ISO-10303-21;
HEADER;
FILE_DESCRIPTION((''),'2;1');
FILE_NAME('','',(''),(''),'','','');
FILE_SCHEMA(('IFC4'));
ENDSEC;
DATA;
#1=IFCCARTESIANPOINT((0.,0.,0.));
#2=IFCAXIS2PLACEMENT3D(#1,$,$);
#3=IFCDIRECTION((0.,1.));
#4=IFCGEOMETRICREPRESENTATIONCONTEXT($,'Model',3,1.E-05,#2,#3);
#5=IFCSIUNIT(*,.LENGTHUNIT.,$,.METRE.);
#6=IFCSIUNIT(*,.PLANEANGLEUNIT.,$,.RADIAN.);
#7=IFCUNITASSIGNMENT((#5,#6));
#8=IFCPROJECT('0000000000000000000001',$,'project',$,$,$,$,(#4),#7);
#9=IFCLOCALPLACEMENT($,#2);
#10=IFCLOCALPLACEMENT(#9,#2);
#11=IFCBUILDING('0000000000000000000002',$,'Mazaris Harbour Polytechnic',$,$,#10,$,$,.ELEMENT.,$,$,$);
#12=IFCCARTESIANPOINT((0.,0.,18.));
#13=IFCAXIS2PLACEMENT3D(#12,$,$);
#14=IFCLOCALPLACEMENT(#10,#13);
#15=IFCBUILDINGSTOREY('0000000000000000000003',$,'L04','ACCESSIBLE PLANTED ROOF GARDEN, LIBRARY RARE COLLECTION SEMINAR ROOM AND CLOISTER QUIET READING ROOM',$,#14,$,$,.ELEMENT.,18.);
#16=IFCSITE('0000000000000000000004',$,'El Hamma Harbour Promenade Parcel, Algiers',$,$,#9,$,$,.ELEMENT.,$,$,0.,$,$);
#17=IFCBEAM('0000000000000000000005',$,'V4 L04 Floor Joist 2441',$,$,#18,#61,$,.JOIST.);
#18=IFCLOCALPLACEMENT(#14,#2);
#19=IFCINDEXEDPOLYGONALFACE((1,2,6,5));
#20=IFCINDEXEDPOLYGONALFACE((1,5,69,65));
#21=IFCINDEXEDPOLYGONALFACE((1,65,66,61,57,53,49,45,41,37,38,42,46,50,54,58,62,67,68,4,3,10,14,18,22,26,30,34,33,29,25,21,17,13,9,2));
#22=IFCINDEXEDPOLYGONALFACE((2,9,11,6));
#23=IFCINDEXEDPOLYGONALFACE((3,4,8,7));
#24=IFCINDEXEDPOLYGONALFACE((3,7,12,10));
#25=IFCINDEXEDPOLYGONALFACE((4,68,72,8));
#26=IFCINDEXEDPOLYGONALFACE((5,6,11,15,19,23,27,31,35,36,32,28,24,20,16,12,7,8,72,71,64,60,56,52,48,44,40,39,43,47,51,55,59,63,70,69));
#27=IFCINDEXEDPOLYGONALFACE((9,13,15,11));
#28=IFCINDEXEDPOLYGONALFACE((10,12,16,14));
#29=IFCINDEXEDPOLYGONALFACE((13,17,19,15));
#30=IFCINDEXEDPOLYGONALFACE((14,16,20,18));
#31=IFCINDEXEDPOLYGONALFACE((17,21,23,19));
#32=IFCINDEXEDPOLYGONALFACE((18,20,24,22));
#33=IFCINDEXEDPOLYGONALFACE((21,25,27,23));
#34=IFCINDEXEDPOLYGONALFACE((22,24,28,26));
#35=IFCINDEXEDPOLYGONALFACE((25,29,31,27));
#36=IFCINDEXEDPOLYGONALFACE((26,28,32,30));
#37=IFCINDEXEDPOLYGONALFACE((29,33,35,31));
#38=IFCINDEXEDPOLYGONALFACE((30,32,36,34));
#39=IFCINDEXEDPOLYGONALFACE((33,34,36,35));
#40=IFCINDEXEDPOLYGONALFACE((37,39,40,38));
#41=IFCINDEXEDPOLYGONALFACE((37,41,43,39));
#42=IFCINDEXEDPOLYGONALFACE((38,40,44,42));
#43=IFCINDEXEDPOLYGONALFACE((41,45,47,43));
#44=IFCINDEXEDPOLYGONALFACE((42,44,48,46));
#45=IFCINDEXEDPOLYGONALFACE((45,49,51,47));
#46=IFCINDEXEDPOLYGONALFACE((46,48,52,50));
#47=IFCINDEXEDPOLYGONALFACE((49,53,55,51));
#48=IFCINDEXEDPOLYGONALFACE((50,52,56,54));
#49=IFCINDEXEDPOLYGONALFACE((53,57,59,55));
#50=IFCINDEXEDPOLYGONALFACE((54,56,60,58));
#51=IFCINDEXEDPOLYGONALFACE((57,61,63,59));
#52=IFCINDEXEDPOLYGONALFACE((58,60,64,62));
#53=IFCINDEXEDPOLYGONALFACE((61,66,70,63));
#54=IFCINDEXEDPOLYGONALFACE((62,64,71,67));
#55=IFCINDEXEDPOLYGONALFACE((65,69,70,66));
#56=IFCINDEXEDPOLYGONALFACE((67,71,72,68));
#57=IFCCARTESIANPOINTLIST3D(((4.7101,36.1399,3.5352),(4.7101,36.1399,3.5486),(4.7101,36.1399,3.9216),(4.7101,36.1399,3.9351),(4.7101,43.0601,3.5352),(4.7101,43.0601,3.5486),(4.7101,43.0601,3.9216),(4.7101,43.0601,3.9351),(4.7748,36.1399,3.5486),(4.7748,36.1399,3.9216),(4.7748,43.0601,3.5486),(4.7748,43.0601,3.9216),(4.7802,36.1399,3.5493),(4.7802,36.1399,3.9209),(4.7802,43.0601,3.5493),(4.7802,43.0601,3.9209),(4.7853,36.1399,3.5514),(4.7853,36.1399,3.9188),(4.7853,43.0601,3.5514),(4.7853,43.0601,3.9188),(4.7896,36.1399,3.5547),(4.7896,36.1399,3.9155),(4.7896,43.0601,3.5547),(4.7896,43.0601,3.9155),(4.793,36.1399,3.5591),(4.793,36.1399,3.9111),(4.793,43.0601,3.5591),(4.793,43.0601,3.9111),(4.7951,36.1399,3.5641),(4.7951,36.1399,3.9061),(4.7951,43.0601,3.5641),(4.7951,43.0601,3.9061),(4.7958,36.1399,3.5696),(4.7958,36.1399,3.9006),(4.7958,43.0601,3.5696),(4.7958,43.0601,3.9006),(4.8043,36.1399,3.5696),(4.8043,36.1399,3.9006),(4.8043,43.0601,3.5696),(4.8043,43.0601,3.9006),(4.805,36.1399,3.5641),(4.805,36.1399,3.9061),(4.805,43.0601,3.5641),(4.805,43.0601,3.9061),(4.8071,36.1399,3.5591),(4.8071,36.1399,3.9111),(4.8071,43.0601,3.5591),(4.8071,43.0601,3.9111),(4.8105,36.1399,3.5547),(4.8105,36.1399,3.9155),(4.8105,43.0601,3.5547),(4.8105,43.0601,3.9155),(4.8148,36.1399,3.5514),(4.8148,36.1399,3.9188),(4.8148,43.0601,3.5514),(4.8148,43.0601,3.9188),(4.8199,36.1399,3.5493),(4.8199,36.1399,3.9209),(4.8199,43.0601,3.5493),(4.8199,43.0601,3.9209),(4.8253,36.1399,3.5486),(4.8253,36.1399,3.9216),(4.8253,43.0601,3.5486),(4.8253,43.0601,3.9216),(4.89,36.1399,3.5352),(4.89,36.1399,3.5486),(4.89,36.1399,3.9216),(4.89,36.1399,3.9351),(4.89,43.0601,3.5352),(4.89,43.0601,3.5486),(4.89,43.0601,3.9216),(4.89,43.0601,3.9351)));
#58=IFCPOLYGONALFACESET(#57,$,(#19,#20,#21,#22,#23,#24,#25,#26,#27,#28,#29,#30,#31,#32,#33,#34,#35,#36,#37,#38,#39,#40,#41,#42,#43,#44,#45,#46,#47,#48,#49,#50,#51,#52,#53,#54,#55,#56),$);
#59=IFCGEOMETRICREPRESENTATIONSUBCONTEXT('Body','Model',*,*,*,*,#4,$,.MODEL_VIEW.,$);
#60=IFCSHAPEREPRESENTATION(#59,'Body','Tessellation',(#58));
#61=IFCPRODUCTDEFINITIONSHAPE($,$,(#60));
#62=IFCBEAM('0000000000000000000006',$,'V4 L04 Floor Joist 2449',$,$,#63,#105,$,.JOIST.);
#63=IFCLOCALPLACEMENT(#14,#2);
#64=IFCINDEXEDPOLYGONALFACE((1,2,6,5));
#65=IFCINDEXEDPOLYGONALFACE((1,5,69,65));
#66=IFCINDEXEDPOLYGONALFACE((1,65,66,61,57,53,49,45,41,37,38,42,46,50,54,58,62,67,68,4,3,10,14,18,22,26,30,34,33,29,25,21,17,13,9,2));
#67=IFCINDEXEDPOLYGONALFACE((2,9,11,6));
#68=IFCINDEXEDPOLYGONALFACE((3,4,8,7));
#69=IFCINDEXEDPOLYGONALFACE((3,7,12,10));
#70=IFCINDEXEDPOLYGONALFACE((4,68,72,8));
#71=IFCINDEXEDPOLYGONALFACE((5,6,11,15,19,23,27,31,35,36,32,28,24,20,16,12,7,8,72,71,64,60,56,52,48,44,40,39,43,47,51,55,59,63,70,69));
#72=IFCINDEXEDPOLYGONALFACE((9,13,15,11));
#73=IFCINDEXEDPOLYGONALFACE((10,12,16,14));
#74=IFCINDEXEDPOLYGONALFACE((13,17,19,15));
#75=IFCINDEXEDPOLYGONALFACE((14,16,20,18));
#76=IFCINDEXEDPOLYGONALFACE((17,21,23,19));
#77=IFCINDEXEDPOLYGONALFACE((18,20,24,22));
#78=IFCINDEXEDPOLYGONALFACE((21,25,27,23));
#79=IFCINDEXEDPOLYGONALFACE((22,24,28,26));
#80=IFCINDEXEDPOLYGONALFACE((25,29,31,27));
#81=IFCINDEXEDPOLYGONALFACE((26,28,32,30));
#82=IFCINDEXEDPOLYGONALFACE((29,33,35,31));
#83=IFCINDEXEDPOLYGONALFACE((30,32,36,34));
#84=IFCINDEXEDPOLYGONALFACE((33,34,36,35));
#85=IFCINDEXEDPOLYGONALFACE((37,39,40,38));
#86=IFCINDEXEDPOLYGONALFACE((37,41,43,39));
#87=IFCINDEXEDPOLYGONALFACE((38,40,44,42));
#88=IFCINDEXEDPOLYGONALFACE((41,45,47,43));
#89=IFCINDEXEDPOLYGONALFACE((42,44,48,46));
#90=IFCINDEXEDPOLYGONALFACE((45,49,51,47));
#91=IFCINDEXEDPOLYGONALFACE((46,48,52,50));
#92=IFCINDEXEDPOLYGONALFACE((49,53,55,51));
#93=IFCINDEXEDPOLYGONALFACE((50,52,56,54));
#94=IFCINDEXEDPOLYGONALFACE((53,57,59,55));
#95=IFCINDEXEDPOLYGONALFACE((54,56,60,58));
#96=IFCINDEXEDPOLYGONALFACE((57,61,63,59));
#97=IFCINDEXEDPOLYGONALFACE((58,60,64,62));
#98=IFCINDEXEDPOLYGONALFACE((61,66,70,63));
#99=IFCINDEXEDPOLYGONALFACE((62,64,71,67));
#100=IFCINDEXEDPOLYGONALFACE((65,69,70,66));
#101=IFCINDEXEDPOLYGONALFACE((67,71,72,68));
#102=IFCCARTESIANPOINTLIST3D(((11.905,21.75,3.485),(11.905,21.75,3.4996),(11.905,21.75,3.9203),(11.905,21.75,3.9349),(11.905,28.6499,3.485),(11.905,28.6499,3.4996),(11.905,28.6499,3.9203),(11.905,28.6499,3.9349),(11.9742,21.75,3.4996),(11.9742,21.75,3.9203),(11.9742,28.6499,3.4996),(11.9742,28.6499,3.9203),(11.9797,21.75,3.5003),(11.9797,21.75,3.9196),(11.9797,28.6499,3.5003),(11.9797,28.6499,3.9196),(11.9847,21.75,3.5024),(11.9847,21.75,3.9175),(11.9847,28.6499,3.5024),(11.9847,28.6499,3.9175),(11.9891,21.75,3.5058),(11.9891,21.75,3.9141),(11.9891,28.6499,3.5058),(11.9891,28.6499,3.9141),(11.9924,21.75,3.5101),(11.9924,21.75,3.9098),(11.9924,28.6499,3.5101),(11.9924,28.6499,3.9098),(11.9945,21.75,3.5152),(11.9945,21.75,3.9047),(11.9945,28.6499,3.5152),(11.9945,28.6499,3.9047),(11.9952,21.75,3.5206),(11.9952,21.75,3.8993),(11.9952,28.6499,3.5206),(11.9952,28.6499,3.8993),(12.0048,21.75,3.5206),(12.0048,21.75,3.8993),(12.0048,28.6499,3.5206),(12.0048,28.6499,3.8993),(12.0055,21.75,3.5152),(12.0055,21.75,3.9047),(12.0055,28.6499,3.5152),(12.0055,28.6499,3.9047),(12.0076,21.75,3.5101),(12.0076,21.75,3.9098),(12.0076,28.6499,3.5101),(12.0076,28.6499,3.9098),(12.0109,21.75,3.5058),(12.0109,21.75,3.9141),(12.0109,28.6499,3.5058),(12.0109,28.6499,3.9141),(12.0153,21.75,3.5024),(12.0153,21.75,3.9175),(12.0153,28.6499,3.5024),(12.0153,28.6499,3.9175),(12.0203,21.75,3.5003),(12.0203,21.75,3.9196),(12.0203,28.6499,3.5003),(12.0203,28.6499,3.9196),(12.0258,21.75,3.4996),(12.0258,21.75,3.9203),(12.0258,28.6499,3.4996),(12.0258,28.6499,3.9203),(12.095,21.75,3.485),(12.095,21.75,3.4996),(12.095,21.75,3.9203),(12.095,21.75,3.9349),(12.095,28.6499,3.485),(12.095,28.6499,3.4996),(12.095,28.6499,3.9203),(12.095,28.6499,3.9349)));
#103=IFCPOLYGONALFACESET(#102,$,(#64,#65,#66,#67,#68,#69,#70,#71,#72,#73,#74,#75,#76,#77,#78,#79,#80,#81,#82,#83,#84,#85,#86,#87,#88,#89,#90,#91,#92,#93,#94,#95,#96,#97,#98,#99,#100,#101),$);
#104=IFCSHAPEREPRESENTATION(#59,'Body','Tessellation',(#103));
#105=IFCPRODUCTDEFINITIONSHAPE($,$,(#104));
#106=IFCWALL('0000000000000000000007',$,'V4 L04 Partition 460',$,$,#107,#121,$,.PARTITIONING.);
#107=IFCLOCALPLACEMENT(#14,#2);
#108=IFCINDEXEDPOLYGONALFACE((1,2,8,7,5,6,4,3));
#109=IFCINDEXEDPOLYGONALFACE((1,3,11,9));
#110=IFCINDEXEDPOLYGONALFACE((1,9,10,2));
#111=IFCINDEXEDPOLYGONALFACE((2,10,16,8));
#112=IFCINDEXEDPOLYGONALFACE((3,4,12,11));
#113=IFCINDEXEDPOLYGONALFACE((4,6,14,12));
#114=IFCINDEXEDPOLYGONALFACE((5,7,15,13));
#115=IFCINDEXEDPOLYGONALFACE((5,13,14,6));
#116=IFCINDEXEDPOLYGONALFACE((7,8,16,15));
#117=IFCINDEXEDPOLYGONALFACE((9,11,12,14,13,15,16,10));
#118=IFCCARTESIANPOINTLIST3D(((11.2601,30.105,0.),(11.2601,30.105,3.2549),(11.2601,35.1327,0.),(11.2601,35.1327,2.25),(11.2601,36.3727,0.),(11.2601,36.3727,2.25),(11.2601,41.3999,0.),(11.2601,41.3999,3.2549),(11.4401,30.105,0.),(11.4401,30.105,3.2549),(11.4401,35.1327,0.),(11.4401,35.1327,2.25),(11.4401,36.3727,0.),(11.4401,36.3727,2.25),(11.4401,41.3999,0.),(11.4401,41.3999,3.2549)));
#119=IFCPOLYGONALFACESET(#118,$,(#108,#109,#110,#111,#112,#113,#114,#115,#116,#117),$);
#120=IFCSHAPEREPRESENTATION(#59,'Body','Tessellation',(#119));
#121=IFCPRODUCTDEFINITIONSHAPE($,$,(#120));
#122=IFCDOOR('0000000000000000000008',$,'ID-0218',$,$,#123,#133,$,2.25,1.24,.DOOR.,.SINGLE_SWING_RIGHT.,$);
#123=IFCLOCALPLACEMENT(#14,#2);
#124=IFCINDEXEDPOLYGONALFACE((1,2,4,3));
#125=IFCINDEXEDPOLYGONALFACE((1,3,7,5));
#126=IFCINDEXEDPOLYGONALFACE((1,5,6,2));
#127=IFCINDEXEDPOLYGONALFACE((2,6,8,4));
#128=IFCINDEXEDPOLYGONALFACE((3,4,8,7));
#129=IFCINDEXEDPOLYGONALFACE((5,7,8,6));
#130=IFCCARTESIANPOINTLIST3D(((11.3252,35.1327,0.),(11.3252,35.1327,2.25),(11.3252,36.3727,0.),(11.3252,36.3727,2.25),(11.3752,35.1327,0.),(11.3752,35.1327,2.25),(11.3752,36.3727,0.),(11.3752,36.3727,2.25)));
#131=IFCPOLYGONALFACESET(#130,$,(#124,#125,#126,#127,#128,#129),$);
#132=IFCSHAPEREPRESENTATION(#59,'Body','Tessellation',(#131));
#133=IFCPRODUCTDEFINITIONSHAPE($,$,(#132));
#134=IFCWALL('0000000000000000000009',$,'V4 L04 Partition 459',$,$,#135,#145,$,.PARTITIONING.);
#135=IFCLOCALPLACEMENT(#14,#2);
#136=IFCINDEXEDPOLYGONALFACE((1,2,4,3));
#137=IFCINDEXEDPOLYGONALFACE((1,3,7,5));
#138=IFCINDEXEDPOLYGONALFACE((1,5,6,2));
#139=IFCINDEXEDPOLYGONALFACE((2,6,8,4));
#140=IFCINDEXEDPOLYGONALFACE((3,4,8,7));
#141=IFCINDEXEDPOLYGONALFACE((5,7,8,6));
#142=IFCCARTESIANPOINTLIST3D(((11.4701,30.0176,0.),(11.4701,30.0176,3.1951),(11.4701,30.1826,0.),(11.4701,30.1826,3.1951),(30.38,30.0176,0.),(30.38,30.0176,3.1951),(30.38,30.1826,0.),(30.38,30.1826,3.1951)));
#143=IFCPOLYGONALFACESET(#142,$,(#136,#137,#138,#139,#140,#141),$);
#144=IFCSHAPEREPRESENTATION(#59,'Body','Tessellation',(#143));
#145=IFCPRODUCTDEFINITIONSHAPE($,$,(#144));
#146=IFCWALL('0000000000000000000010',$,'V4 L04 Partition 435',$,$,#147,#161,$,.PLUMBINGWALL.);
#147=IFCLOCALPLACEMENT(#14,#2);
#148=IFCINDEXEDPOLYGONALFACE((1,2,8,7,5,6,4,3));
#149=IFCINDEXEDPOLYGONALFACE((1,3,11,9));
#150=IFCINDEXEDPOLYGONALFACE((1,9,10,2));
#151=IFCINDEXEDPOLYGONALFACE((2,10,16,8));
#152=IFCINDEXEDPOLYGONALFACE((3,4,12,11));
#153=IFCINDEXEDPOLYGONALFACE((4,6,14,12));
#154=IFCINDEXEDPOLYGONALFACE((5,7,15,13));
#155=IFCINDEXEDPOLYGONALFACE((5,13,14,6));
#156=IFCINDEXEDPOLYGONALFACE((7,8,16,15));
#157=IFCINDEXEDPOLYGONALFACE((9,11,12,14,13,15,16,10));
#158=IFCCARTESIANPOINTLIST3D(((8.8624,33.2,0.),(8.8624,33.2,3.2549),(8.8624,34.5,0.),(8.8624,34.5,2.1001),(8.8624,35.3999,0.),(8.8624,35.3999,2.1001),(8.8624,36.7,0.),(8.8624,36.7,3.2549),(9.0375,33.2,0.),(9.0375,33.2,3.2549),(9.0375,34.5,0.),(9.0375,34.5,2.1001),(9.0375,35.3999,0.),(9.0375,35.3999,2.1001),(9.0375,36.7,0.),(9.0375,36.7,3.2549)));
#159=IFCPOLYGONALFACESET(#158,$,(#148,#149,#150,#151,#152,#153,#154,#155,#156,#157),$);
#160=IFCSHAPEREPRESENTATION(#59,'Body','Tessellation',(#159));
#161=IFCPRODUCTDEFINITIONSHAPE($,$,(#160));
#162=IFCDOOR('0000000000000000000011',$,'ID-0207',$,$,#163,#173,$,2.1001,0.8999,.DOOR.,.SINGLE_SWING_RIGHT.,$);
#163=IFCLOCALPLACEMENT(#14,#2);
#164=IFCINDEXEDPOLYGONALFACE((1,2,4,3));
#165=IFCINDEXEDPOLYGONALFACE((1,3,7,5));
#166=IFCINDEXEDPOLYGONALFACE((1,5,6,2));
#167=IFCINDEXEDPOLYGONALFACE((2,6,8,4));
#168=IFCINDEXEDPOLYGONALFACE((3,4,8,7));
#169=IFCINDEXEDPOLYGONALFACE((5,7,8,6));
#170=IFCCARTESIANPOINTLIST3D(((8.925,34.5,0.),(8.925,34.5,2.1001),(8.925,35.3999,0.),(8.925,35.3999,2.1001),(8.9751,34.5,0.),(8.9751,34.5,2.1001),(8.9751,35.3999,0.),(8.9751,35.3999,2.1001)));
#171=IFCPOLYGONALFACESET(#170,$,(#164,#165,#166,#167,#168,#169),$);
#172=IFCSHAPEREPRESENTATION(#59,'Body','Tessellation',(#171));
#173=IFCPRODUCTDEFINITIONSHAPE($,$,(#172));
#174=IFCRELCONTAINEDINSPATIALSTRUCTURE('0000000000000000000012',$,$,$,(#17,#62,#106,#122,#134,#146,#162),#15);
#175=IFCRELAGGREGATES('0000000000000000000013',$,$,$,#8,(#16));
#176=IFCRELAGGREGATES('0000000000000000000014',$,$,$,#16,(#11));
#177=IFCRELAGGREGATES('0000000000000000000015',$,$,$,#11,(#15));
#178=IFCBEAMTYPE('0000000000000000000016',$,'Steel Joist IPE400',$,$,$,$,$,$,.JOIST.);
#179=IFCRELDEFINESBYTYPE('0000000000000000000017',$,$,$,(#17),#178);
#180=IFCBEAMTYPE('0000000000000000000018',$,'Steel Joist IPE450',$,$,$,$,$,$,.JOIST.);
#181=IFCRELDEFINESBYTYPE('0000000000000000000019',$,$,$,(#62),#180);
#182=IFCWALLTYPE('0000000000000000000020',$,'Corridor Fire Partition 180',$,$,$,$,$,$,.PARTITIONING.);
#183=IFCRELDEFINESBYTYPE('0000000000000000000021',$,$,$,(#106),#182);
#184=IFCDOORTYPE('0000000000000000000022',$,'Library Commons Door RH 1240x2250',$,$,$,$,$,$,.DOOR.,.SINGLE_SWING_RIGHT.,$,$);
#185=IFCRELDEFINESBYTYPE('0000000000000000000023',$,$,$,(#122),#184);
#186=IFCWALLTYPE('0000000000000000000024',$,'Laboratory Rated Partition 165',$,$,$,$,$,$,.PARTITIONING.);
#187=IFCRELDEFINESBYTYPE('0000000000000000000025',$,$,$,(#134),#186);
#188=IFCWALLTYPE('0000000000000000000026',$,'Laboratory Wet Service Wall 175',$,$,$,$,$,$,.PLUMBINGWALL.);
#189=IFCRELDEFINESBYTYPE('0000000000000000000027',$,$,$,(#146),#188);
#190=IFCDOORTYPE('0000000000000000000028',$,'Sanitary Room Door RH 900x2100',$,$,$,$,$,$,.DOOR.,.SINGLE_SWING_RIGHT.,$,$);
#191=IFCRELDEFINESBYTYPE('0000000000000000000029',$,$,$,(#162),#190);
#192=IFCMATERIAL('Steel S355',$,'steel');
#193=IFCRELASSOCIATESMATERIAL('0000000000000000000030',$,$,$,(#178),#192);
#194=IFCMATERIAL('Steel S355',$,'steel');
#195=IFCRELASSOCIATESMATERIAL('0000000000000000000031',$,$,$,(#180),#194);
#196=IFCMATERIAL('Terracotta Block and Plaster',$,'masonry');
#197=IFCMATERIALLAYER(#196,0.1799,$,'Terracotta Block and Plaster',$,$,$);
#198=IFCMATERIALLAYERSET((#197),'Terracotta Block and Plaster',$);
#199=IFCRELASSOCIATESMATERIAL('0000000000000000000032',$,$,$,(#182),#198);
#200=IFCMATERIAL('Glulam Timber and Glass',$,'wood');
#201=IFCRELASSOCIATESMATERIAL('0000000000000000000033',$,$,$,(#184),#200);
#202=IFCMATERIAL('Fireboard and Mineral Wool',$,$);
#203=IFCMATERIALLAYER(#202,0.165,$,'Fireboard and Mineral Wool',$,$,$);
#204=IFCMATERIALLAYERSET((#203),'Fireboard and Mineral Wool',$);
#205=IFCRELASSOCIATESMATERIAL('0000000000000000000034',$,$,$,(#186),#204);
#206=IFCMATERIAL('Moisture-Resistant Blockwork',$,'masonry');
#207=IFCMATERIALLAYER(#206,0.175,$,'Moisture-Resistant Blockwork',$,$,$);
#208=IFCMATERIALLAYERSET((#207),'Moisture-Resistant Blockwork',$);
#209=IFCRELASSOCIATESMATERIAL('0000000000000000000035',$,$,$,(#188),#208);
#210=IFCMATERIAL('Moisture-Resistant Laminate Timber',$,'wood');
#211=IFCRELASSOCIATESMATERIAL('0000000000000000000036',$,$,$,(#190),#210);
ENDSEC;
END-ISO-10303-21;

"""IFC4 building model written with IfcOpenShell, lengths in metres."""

from ifc_helpers import new_model, si_unit, direction, frame, frame_2d, origin, origin_2d, place, context, subcontext, project, spatial, rectangle, i_section, extrude, material, layer, layer_set, material_profile, profile_set, type_object, element, fill, save


model = new_model("IFC4")

# Units and contexts
model_context = context("Model", 3, precision=1e-05, world=origin(), true_north=direction((0.0, 1.0)))
body_context = subcontext(model_context, "Body", "Model", "MODEL_VIEW")
ifc_project = project(units=[si_unit("LENGTHUNIT", "METRE"), si_unit("PLANEANGLEUNIT", "RADIAN")], contexts=[model_context])

# Site, building, storey
site_placement = place(None, origin())
site = spatial("IfcSite", under=ifc_project, at=site_placement, Name="El Hamma Harbour Promenade Parcel, Algiers", CompositionType="ELEMENT", RefElevation=0.0)
building_placement = place(site_placement, origin())
building = spatial("IfcBuilding", under=site, at=building_placement, Name="Mazaris Harbour Polytechnic", CompositionType="ELEMENT")
storey_placement = place(building_placement, frame((0.0, 0.0, 18.0)))
storey = spatial("IfcBuildingStorey", under=building, at=storey_placement, Name="L04", Description="ACCESSIBLE PLANTED ROOF GARDEN, LIBRARY RARE COLLECTION SEMINAR ROOM AND CLOISTER QUIET READING ROOM", CompositionType="ELEMENT", Elevation=18.0)

# Beams
ifc_material_1 = material(Name="Steel S355", Category="steel")
ifc_material_profile_1 = material_profile(ifc_material_1, i_section(OverallWidth=0.1799, OverallDepth=0.3999, WebThickness=0.0085, FlangeThickness=0.0134, FilletRadius=0.021, at=origin_2d()), Name="IPE 400")
ifc_profile_set_1 = profile_set([ifc_material_profile_1], Name="Steel S355")
beam_type_1 = type_object("IfcBeamType", Name="Steel Joist IPE400", PredefinedType="JOIST", material=ifc_profile_set_1)
beam_1_placement = place(storey_placement, frame((4.8, 36.1399, 3.7351), z_axis=(0.0, 1.0, 0.0), x_axis=(-1.0, 0.0, 0.0)))
element("IfcBeam", 1, at=beam_1_placement, inside=storey, type_object=beam_type_1, Name="V4 L04 Floor Joist 2441", PredefinedType="JOIST", context=body_context, shape_type="SweptSolid", body=[
    extrude(i_section(OverallWidth=0.1799, OverallDepth=0.3999, WebThickness=0.0085, FlangeThickness=0.0134, FilletRadius=0.021, at=origin_2d()), origin(), (0.0, 0.0, 1.0), 6.9202),
])
ifc_material_2 = material(Name="Steel S355", Category="steel")
ifc_material_profile_2 = material_profile(ifc_material_2, i_section(OverallWidth=0.1899, OverallDepth=0.45, WebThickness=0.0095, FlangeThickness=0.0146, FilletRadius=0.021, at=origin_2d()), Name="IPE 450")
ifc_profile_set_2 = profile_set([ifc_material_profile_2], Name="Steel S355")
beam_type_2 = type_object("IfcBeamType", Name="Steel Joist IPE450", PredefinedType="JOIST", material=ifc_profile_set_2)
beam_2_placement = place(storey_placement, frame((12.0, 21.75, 3.71), z_axis=(0.0, 1.0, 0.0), x_axis=(-1.0, 0.0, 0.0)))
element("IfcBeam", 2, at=beam_2_placement, inside=storey, type_object=beam_type_2, Name="V4 L04 Floor Joist 2449", PredefinedType="JOIST", context=body_context, shape_type="SweptSolid", body=[
    extrude(i_section(OverallWidth=0.1899, OverallDepth=0.45, WebThickness=0.0095, FlangeThickness=0.0146, FilletRadius=0.021, at=origin_2d()), origin(), (0.0, 0.0, 1.0), 6.8999),
])

# Wall, opening, door
ifc_material_3 = material(Name="Terracotta Block and Plaster", Category="masonry")
ifc_layer_1 = layer(ifc_material_3, 0.1799, Name="Terracotta Block and Plaster")
ifc_layer_set_1 = layer_set([ifc_layer_1], Name="Terracotta Block and Plaster")
wall_type_1 = type_object("IfcWallType", Name="Corridor Fire Partition 180", PredefinedType="PARTITIONING", material=ifc_layer_set_1)
wall_1_placement = place(storey_placement, frame((11.3501, 30.105, 0.0), z_axis=(0.0, 0.0, 1.0), x_axis=(0.0, 1.0, 0.0)))
wall_1 = element("IfcWall", 3, at=wall_1_placement, inside=storey, type_object=wall_type_1, Name="V4 L04 Partition 460", PredefinedType="PARTITIONING", context=body_context, shape_type="SweptSolid", body=[
    extrude(rectangle(XDim=11.2949, YDim=0.1799, at=frame_2d((5.6475, 0.0))), origin(), (0.0, 0.0, 1.0), 3.2549),
])
opening_1_placement = place(wall_1_placement, frame((5.0276, 0.0, 0.0)))
opening_1 = element("IfcOpeningElement", 4, at=opening_1_placement, cuts=wall_1, PredefinedType="OPENING", context=body_context, shape_type="SweptSolid", body=[
    extrude(rectangle(XDim=1.24, YDim=2.25, at=frame_2d((0.6201, 1.125))), frame((0.0, 0.0999, 0.0), z_axis=(0.0, -1.0, 0.0), x_axis=(1.0, 0.0, 0.0)), (0.0, 0.0, 1.0), 0.2),
])
ifc_material_4 = material(Name="Glulam Timber and Glass", Category="wood")
door_type_1 = type_object("IfcDoorType", Name="Library Commons Door RH 1240x2250", OperationType="SINGLE_SWING_RIGHT", PredefinedType="DOOR", material=ifc_material_4)
door_1_placement = place(opening_1_placement, origin())
door_1 = element("IfcDoor", 5, at=door_1_placement, inside=storey, type_object=door_type_1, Name="ID-0218", OperationType="SINGLE_SWING_RIGHT", OverallHeight=2.25, OverallWidth=1.24, PredefinedType="DOOR", context=body_context, shape_type="SweptSolid", body=[
    extrude(rectangle(XDim=1.24, YDim=2.25, at=frame_2d((0.6201, 1.125))), frame((0.0, 0.0249, 0.0), z_axis=(0.0, -1.0, 0.0), x_axis=(1.0, 0.0, 0.0)), (0.0, 0.0, 1.0), 0.05),
])
fill(opening_1, door_1)

# Wall
ifc_material_5 = material(Name="Fireboard and Mineral Wool")
ifc_layer_2 = layer(ifc_material_5, 0.165, Name="Fireboard and Mineral Wool")
ifc_layer_set_2 = layer_set([ifc_layer_2], Name="Fireboard and Mineral Wool")
wall_type_2 = type_object("IfcWallType", Name="Laboratory Rated Partition 165", PredefinedType="PARTITIONING", material=ifc_layer_set_2)
wall_2_placement = place(storey_placement, frame((11.47, 30.1001, 0.0), z_axis=(0.0, 0.0, 1.0), x_axis=(1.0, 0.0, 0.0)))
element("IfcWall", 6, at=wall_2_placement, inside=storey, type_object=wall_type_2, Name="V4 L04 Partition 459", PredefinedType="PARTITIONING", context=body_context, shape_type="SweptSolid", body=[
    extrude(rectangle(XDim=18.9099, YDim=0.165, at=frame_2d((9.4551, 0.0))), origin(), (0.0, 0.0, 1.0), 3.1951),
])

# Wall, opening, door
ifc_material_6 = material(Name="Moisture-Resistant Blockwork", Category="masonry")
ifc_layer_3 = layer(ifc_material_6, 0.175, Name="Moisture-Resistant Blockwork")
ifc_layer_set_3 = layer_set([ifc_layer_3], Name="Moisture-Resistant Blockwork")
wall_type_3 = type_object("IfcWallType", Name="Laboratory Wet Service Wall 175", PredefinedType="PLUMBINGWALL", material=ifc_layer_set_3)
wall_3_placement = place(storey_placement, frame((8.95, 33.2, 0.0), z_axis=(0.0, 0.0, 1.0), x_axis=(0.0, 1.0, 0.0)))
wall_3 = element("IfcWall", 7, at=wall_3_placement, inside=storey, type_object=wall_type_3, Name="V4 L04 Partition 435", PredefinedType="PLUMBINGWALL", context=body_context, shape_type="SweptSolid", body=[
    extrude(rectangle(XDim=3.5, YDim=0.175, at=frame_2d((1.75, 0.0))), origin(), (0.0, 0.0, 1.0), 3.2549),
])
opening_2_placement = place(wall_3_placement, frame((1.3, 0.0, 0.0)))
opening_2 = element("IfcOpeningElement", 8, at=opening_2_placement, cuts=wall_3, PredefinedType="OPENING", context=body_context, shape_type="SweptSolid", body=[
    extrude(rectangle(XDim=0.8999, YDim=2.1001, at=frame_2d((0.45, 1.05))), frame((0.0, 0.0974, 0.0), z_axis=(0.0, -1.0, 0.0), x_axis=(1.0, 0.0, 0.0)), (0.0, 0.0, 1.0), 0.1951),
])
ifc_material_7 = material(Name="Moisture-Resistant Laminate Timber", Category="wood")
door_type_2 = type_object("IfcDoorType", Name="Sanitary Room Door RH 900x2100", OperationType="SINGLE_SWING_RIGHT", PredefinedType="DOOR", material=ifc_material_7)
door_2_placement = place(opening_2_placement, origin())
door_2 = element("IfcDoor", 9, at=door_2_placement, inside=storey, type_object=door_type_2, Name="ID-0207", OperationType="SINGLE_SWING_RIGHT", OverallHeight=2.1001, OverallWidth=0.8999, PredefinedType="DOOR", context=body_context, shape_type="SweptSolid", body=[
    extrude(rectangle(XDim=0.8999, YDim=2.1001, at=frame_2d((0.45, 1.05))), frame((0.0, 0.0249, 0.0), z_axis=(0.0, -1.0, 0.0), x_axis=(1.0, 0.0, 0.0)), (0.0, 0.0, 1.0), 0.05),
])
fill(opening_2, door_2)

save(model, "model.ifc")
